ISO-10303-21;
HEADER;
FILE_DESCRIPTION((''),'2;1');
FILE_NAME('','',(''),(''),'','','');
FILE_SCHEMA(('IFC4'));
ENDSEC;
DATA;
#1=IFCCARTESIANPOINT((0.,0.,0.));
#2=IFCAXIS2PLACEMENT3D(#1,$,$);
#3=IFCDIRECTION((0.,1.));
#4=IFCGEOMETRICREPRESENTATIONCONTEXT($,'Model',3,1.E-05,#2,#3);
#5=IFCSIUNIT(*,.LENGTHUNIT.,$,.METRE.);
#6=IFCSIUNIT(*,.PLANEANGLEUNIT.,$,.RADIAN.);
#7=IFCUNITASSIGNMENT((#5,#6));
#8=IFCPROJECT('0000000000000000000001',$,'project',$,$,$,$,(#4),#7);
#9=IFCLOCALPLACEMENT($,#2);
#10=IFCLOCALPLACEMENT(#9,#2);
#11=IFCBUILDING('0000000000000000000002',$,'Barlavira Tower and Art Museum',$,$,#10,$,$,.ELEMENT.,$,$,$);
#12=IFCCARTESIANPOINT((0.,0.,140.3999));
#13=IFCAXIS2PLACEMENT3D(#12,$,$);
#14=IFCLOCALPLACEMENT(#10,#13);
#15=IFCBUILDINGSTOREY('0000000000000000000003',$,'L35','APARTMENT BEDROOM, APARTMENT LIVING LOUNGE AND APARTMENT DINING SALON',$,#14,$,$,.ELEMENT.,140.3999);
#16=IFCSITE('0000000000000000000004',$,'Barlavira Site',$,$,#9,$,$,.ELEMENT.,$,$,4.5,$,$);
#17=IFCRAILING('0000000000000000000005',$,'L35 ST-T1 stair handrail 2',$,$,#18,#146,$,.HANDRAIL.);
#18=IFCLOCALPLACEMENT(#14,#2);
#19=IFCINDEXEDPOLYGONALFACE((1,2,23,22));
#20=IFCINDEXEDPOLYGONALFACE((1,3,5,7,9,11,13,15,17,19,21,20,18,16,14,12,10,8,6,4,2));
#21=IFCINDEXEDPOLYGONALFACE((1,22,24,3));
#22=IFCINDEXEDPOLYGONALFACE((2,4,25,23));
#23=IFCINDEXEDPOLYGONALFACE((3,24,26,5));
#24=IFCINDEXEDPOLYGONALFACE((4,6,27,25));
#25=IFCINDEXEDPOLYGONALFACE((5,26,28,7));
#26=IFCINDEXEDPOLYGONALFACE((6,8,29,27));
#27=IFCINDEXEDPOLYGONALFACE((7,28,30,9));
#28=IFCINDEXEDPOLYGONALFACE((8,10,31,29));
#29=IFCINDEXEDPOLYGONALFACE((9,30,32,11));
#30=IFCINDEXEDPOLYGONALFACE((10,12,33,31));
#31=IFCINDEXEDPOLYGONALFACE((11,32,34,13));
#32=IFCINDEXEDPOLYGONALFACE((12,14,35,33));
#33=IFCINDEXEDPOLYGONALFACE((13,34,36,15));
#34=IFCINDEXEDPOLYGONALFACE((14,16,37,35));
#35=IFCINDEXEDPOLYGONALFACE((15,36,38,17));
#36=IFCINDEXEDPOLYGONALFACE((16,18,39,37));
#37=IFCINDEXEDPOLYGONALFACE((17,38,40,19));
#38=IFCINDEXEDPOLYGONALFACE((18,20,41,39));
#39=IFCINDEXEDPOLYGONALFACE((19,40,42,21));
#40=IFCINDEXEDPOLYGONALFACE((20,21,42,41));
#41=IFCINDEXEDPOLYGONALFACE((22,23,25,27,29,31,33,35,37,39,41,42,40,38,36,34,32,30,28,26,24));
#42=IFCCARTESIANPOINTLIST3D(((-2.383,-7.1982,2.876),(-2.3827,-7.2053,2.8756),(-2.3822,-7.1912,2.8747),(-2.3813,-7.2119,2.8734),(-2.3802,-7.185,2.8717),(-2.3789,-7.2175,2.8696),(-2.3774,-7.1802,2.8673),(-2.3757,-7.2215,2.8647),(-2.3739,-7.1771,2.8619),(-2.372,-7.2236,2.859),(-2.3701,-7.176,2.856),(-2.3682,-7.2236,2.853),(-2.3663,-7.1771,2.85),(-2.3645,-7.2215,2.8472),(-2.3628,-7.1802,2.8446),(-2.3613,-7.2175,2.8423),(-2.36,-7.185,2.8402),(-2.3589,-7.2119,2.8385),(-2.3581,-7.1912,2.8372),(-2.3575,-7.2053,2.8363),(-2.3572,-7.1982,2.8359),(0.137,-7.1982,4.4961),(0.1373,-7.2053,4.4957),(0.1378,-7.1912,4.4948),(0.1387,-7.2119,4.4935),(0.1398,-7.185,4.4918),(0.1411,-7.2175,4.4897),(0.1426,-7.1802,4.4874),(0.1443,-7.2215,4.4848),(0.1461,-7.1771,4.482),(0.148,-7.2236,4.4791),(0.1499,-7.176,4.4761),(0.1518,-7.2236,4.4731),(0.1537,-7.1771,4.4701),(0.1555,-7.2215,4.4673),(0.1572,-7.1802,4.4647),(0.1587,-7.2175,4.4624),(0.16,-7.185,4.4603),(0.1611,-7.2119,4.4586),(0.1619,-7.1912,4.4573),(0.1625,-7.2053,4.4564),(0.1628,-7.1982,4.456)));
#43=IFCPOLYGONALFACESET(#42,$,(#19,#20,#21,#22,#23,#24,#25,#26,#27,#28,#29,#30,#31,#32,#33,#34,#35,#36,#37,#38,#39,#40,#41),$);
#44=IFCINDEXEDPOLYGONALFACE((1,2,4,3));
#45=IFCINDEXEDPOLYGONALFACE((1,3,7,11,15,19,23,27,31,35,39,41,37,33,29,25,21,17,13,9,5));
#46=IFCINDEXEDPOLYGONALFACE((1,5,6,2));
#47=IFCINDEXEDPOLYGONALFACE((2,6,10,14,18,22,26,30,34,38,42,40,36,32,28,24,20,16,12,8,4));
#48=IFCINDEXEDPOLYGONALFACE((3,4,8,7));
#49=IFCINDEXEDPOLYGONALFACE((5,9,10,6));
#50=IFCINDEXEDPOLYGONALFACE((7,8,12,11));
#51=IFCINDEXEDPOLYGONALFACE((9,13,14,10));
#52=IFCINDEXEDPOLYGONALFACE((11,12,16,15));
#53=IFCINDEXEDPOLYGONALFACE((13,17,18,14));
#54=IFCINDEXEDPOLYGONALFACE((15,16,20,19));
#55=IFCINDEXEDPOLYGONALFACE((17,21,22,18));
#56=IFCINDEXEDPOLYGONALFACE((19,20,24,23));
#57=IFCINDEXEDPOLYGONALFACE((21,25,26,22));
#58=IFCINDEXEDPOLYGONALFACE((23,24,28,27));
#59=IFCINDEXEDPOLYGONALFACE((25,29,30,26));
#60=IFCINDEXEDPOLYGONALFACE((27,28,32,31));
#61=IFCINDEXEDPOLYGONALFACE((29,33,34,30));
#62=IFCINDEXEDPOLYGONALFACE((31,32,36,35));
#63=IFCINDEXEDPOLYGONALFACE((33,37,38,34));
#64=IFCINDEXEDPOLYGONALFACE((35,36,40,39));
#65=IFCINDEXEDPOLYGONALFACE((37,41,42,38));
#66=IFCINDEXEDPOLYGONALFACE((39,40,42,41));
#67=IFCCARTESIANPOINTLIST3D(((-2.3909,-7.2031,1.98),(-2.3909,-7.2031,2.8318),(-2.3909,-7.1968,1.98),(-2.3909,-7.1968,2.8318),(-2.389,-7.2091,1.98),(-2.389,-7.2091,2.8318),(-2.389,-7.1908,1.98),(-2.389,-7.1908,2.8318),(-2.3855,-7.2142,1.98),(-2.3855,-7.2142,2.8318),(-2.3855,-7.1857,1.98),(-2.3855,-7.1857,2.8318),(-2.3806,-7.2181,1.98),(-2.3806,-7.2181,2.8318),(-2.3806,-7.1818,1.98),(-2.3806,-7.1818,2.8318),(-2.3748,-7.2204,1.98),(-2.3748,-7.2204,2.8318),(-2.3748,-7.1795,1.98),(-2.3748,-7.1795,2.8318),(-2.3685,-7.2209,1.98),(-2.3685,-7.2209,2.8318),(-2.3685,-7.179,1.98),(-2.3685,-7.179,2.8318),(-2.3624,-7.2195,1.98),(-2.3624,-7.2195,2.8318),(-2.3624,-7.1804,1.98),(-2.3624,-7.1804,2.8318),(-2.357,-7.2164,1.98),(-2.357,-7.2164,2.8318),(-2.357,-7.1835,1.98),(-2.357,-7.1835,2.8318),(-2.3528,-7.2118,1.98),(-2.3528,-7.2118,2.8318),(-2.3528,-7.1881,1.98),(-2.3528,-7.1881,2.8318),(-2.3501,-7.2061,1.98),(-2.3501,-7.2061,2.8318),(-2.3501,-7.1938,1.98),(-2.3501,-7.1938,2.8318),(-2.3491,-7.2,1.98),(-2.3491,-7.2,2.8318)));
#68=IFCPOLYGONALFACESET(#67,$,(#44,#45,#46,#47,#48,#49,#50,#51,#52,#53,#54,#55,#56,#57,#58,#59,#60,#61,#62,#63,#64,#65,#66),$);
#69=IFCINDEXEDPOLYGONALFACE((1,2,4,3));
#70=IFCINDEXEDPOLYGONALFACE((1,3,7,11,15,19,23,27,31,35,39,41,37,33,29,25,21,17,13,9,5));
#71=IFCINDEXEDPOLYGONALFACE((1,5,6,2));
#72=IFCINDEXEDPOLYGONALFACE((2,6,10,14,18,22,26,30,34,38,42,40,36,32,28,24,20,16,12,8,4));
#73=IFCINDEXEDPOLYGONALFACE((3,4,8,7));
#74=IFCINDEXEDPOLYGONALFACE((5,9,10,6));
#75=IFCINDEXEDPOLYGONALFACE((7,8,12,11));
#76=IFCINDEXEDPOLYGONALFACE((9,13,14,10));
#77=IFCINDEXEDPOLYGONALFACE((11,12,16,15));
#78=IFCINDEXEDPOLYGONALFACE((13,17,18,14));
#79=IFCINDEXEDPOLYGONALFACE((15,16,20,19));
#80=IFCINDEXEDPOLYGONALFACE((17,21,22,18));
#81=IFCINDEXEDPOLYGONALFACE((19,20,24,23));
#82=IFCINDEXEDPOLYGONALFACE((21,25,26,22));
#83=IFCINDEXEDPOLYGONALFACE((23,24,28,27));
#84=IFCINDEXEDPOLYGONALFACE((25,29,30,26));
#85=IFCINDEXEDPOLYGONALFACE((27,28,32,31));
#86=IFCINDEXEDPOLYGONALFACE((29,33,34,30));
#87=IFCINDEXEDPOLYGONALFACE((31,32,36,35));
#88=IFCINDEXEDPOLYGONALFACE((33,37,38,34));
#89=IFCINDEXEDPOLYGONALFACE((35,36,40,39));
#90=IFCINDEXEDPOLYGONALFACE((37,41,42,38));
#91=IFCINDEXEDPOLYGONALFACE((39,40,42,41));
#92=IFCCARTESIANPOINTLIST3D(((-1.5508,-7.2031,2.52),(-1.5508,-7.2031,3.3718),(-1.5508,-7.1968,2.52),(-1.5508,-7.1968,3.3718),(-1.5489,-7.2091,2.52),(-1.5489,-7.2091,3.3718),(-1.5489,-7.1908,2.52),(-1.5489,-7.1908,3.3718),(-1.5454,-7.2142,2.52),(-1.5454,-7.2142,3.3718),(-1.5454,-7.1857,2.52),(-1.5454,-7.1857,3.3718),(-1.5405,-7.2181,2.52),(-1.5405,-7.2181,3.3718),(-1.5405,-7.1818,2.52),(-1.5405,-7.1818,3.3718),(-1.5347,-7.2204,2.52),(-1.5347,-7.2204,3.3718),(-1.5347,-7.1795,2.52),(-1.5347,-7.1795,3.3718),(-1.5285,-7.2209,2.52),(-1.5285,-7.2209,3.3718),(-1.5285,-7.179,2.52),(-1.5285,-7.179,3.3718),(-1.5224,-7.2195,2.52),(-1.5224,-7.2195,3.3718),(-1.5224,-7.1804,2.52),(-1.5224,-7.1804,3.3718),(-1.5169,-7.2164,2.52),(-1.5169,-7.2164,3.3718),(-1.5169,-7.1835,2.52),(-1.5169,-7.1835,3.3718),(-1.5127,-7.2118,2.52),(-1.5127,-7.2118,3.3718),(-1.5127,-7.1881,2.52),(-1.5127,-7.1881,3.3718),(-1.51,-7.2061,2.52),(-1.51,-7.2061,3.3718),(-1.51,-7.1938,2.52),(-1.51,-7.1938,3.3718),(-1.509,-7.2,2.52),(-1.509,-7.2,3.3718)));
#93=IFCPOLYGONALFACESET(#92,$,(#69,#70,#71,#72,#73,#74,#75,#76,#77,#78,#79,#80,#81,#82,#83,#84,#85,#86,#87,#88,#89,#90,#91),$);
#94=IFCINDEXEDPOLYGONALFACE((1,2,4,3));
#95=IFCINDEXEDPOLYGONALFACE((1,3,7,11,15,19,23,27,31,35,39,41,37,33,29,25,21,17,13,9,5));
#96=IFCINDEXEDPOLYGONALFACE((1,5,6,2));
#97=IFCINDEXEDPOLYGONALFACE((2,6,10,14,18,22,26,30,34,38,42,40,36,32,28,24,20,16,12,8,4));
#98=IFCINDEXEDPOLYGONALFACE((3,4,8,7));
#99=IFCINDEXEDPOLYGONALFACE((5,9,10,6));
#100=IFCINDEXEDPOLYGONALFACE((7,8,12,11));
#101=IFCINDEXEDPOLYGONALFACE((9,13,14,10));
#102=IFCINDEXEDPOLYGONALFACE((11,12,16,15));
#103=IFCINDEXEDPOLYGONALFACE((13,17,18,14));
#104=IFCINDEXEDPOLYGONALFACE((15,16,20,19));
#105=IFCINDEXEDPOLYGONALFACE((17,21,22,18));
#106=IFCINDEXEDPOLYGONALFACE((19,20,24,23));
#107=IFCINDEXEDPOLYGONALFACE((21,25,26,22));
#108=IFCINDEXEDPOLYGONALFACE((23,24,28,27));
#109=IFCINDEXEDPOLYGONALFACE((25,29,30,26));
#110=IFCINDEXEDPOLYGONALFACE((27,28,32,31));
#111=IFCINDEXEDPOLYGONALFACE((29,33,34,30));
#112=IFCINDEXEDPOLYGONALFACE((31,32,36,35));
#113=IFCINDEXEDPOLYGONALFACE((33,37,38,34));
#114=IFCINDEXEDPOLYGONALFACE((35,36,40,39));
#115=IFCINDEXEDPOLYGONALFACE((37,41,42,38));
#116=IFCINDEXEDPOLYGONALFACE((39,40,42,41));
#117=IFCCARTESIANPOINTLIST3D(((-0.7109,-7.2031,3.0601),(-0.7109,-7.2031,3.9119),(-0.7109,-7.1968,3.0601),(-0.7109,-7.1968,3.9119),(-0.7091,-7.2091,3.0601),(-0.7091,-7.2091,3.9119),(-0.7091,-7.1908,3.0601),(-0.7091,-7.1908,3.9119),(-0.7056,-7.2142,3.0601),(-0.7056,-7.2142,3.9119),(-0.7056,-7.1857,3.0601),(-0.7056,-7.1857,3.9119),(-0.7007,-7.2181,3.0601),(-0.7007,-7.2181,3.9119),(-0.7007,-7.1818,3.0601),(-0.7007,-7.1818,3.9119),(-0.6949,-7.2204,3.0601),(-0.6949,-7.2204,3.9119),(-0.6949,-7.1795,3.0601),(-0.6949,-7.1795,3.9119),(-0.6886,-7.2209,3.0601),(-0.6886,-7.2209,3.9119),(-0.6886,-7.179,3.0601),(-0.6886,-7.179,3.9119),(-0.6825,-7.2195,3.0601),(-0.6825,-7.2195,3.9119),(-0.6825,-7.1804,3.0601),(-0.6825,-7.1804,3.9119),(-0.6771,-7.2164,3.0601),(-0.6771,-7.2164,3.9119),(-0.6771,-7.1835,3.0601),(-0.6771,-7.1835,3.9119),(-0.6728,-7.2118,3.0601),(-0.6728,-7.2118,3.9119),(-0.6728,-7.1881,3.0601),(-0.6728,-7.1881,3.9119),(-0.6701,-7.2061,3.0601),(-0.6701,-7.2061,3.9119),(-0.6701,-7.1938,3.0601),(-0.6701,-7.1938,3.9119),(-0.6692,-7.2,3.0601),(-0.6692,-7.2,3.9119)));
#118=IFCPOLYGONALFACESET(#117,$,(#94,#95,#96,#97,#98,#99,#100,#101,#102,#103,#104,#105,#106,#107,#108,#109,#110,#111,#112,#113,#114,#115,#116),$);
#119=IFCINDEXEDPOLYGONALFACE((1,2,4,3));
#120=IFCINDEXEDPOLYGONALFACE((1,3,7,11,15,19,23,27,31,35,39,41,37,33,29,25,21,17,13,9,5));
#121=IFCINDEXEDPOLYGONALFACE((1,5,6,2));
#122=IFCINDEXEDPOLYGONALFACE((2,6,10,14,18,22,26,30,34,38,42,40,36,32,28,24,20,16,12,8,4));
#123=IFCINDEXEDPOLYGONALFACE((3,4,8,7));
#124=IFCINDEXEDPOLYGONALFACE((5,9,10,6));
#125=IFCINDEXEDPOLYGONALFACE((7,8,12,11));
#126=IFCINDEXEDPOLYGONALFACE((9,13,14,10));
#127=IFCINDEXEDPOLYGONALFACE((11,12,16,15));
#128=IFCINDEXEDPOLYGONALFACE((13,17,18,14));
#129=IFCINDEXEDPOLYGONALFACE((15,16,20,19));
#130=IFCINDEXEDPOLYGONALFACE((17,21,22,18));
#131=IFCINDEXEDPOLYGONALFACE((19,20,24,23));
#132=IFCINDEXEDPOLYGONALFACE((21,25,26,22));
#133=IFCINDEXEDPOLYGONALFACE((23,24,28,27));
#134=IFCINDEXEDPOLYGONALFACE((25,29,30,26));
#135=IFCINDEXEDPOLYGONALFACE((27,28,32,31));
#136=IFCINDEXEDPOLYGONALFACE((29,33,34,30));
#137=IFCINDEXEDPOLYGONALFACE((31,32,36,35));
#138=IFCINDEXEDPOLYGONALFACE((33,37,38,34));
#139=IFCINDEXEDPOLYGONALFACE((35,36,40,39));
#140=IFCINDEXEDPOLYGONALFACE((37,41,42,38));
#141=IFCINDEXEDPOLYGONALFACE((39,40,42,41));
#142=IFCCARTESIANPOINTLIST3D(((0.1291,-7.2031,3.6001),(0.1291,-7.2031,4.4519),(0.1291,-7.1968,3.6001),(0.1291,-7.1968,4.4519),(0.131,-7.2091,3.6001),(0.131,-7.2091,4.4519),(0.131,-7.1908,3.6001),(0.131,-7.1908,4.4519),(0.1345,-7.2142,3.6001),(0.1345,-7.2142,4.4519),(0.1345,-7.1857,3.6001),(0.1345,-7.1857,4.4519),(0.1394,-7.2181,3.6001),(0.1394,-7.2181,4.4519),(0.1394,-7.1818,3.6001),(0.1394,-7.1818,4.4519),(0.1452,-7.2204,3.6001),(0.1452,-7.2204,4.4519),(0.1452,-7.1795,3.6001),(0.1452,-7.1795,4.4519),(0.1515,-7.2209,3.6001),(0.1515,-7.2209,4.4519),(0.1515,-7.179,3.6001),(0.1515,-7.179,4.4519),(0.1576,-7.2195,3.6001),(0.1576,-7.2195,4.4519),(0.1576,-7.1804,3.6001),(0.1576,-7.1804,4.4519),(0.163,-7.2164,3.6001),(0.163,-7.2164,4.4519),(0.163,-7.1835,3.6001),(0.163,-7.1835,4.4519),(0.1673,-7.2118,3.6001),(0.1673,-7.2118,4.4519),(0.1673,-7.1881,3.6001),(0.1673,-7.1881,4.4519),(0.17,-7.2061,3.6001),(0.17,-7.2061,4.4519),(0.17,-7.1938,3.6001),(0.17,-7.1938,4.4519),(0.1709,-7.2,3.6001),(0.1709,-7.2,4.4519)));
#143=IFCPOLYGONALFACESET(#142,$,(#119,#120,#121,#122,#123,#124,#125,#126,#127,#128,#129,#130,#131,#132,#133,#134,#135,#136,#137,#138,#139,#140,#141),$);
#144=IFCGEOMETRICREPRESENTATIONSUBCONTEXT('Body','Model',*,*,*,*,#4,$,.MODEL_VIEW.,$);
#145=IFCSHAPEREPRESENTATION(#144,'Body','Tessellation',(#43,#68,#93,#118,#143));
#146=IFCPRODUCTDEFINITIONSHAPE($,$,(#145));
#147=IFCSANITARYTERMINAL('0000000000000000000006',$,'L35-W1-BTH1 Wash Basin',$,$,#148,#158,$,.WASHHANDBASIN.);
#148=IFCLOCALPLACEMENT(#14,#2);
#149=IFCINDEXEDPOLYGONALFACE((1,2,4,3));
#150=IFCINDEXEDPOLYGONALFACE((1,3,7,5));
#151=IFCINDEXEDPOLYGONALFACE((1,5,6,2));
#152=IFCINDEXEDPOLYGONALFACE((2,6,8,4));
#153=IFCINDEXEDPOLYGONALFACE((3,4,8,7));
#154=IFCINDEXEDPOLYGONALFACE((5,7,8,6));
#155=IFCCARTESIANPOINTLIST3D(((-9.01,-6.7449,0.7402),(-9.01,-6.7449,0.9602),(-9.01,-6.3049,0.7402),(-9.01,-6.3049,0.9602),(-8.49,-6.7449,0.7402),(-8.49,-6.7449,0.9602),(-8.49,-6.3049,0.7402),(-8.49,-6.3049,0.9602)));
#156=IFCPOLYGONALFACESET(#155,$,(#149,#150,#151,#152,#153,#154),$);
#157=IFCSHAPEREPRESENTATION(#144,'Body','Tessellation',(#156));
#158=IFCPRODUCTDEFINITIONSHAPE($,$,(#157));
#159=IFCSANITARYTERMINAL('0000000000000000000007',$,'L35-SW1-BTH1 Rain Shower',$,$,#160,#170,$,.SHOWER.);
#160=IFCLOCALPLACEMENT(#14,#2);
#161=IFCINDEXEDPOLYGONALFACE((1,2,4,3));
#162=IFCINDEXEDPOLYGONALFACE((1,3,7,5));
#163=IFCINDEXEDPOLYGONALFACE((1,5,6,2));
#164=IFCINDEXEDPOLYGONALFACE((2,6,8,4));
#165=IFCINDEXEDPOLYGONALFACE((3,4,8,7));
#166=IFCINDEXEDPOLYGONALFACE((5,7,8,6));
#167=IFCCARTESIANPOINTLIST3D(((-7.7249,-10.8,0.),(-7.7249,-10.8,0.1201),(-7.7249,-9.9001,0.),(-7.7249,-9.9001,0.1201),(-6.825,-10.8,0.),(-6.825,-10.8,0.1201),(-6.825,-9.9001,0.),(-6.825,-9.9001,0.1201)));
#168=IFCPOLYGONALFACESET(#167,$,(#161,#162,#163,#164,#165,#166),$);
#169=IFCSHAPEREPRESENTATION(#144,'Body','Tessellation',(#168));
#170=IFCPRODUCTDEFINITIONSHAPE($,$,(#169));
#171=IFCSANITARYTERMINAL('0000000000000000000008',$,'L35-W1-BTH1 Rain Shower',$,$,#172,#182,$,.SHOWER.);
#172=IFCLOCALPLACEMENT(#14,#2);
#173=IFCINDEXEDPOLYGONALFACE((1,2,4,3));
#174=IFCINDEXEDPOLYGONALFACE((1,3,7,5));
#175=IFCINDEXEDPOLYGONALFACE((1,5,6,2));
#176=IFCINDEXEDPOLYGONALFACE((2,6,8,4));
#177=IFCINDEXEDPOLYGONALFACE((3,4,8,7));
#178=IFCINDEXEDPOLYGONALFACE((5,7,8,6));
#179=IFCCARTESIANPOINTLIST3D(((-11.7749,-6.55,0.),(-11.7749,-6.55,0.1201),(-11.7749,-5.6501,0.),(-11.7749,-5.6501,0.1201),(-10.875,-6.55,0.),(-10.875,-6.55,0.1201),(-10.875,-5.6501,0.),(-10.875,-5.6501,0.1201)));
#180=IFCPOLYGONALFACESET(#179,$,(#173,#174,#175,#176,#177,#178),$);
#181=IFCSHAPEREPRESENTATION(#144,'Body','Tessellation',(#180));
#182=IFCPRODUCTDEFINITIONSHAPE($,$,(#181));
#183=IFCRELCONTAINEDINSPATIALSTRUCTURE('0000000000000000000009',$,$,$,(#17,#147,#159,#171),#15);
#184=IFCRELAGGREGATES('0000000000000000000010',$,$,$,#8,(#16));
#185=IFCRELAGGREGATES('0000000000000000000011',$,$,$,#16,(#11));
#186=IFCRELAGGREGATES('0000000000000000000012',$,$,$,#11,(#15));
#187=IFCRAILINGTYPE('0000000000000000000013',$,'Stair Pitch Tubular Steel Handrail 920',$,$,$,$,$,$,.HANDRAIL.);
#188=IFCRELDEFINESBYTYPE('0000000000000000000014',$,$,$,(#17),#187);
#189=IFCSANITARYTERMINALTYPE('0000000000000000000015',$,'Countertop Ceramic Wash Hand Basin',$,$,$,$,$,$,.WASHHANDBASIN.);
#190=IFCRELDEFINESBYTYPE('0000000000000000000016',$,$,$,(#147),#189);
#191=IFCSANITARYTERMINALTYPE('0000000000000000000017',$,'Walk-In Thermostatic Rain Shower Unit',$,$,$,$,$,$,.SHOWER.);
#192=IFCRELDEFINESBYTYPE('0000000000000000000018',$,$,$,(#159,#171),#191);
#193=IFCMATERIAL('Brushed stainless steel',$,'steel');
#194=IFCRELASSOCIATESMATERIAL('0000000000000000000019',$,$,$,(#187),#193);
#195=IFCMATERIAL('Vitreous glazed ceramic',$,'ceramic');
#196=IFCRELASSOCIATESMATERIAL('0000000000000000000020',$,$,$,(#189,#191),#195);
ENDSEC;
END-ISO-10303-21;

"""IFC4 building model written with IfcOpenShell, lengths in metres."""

from ifc_helpers import new_model, si_unit, direction, frame, origin, origin_2d, place, context, subcontext, project, spatial, rectangle, circle, extrude, material, type_object, element, save


model = new_model("IFC4")

# Units and contexts
model_context = context("Model", 3, precision=1e-05, world=origin(), true_north=direction((0.0, 1.0)))
body_context = subcontext(model_context, "Body", "Model", "MODEL_VIEW")
ifc_project = project(units=[si_unit("LENGTHUNIT", "METRE"), si_unit("PLANEANGLEUNIT", "RADIAN")], contexts=[model_context])

# Site, building, storey
site_placement = place(None, origin())
site = spatial("IfcSite", under=ifc_project, at=site_placement, Name="Barlavira Site", CompositionType="ELEMENT", RefElevation=4.5)
building_placement = place(site_placement, origin())
building = spatial("IfcBuilding", under=site, at=building_placement, Name="Barlavira Tower and Art Museum", CompositionType="ELEMENT")
storey_placement = place(building_placement, frame((0.0, 0.0, 140.3999)))
storey = spatial("IfcBuildingStorey", under=building, at=storey_placement, Name="L35", Description="APARTMENT BEDROOM, APARTMENT LIVING LOUNGE AND APARTMENT DINING SALON", CompositionType="ELEMENT", Elevation=140.3999)

# Shared definitions
ifc_material_1 = material(Name="Brushed stainless steel", Category="steel")

# Railing
railing_type_1 = type_object("IfcRailingType", Name="Stair Pitch Tubular Steel Handrail 920", PredefinedType="HANDRAIL", material=ifc_material_1)
railing_1_placement = place(storey_placement, frame((-2.3701, -7.2, 1.98)))
element("IfcRailing", 1, at=railing_1_placement, inside=storey, type_object=railing_type_1, Name="L35 ST-T1 stair handrail 2", PredefinedType="HANDRAIL", context=body_context, shape_type="SweptSolid", body=[
    extrude(circle(Radius=0.0239, at=origin_2d()), frame((0.0, 0.0, 0.876), z_axis=(0.841163, 0.0, 0.540782), x_axis=(0.0, 1.0, 0.0)), (0.0, 0.0, 1.0), 2.9958),
    extrude(circle(Radius=0.021, at=origin_2d()), origin(), (0.0, 0.0, 1.0), 0.8518),
    extrude(circle(Radius=0.021, at=origin_2d()), frame((0.8401, 0.0, 0.54)), (0.0, 0.0, 1.0), 0.8518),
    extrude(circle(Radius=0.021, at=origin_2d()), frame((1.6799, 0.0, 1.0801)), (0.0, 0.0, 1.0), 0.8518),
    extrude(circle(Radius=0.021, at=origin_2d()), frame((2.52, 0.0, 1.6201)), (0.0, 0.0, 1.0), 0.8518),
])

# Sanitary terminals
ifc_material_2 = material(Name="Vitreous glazed ceramic", Category="ceramic")
sanitary_terminal_type_1 = type_object("IfcSanitaryTerminalType", Name="Countertop Ceramic Wash Hand Basin", PredefinedType="WASHHANDBASIN", material=ifc_material_2)
sanitary_terminal_placement = place(storey_placement, frame((-8.75, -6.5249, 0.7402), z_axis=(0.0, 0.0, 1.0), x_axis=(1.0, 0.0, 0.0)))
element("IfcSanitaryTerminal", 2, at=sanitary_terminal_placement, inside=storey, type_object=sanitary_terminal_type_1, Name="L35-W1-BTH1 Wash Basin", PredefinedType="WASHHANDBASIN", context=body_context, shape_type="SweptSolid", body=[
    extrude(rectangle(XDim=0.52, YDim=0.4399, at=origin_2d()), origin(), (0.0, 0.0, 1.0), 0.22),
])
sanitary_terminal_type_2 = type_object("IfcSanitaryTerminalType", Name="Walk-In Thermostatic Rain Shower Unit", PredefinedType="SHOWER", material=ifc_material_2)
for number, where, z_axis, x_axis, name in (
    (3, (-7.2749, -10.3501, 0.0), (0.0, 0.0, 1.0), (1.0, 0.0, 0.0), "L35-SW1-BTH1 Rain Shower"),
    (4, (-11.325, -6.1001, 0.0), (0.0, 0.0, 1.0), (1.0, 0.0, 0.0), "L35-W1-BTH1 Rain Shower"),
):
    element("IfcSanitaryTerminal", number, at=place(storey_placement, frame(where, z_axis=z_axis, x_axis=x_axis)), inside=storey, type_object=sanitary_terminal_type_2, Name=name, PredefinedType="SHOWER", context=body_context, shape_type="SweptSolid", body=[
        extrude(rectangle(XDim=0.8999, YDim=0.8999, at=origin_2d()), origin(), (0.0, 0.0, 1.0), 0.1201),
    ])

save(model, "model.ifc")
